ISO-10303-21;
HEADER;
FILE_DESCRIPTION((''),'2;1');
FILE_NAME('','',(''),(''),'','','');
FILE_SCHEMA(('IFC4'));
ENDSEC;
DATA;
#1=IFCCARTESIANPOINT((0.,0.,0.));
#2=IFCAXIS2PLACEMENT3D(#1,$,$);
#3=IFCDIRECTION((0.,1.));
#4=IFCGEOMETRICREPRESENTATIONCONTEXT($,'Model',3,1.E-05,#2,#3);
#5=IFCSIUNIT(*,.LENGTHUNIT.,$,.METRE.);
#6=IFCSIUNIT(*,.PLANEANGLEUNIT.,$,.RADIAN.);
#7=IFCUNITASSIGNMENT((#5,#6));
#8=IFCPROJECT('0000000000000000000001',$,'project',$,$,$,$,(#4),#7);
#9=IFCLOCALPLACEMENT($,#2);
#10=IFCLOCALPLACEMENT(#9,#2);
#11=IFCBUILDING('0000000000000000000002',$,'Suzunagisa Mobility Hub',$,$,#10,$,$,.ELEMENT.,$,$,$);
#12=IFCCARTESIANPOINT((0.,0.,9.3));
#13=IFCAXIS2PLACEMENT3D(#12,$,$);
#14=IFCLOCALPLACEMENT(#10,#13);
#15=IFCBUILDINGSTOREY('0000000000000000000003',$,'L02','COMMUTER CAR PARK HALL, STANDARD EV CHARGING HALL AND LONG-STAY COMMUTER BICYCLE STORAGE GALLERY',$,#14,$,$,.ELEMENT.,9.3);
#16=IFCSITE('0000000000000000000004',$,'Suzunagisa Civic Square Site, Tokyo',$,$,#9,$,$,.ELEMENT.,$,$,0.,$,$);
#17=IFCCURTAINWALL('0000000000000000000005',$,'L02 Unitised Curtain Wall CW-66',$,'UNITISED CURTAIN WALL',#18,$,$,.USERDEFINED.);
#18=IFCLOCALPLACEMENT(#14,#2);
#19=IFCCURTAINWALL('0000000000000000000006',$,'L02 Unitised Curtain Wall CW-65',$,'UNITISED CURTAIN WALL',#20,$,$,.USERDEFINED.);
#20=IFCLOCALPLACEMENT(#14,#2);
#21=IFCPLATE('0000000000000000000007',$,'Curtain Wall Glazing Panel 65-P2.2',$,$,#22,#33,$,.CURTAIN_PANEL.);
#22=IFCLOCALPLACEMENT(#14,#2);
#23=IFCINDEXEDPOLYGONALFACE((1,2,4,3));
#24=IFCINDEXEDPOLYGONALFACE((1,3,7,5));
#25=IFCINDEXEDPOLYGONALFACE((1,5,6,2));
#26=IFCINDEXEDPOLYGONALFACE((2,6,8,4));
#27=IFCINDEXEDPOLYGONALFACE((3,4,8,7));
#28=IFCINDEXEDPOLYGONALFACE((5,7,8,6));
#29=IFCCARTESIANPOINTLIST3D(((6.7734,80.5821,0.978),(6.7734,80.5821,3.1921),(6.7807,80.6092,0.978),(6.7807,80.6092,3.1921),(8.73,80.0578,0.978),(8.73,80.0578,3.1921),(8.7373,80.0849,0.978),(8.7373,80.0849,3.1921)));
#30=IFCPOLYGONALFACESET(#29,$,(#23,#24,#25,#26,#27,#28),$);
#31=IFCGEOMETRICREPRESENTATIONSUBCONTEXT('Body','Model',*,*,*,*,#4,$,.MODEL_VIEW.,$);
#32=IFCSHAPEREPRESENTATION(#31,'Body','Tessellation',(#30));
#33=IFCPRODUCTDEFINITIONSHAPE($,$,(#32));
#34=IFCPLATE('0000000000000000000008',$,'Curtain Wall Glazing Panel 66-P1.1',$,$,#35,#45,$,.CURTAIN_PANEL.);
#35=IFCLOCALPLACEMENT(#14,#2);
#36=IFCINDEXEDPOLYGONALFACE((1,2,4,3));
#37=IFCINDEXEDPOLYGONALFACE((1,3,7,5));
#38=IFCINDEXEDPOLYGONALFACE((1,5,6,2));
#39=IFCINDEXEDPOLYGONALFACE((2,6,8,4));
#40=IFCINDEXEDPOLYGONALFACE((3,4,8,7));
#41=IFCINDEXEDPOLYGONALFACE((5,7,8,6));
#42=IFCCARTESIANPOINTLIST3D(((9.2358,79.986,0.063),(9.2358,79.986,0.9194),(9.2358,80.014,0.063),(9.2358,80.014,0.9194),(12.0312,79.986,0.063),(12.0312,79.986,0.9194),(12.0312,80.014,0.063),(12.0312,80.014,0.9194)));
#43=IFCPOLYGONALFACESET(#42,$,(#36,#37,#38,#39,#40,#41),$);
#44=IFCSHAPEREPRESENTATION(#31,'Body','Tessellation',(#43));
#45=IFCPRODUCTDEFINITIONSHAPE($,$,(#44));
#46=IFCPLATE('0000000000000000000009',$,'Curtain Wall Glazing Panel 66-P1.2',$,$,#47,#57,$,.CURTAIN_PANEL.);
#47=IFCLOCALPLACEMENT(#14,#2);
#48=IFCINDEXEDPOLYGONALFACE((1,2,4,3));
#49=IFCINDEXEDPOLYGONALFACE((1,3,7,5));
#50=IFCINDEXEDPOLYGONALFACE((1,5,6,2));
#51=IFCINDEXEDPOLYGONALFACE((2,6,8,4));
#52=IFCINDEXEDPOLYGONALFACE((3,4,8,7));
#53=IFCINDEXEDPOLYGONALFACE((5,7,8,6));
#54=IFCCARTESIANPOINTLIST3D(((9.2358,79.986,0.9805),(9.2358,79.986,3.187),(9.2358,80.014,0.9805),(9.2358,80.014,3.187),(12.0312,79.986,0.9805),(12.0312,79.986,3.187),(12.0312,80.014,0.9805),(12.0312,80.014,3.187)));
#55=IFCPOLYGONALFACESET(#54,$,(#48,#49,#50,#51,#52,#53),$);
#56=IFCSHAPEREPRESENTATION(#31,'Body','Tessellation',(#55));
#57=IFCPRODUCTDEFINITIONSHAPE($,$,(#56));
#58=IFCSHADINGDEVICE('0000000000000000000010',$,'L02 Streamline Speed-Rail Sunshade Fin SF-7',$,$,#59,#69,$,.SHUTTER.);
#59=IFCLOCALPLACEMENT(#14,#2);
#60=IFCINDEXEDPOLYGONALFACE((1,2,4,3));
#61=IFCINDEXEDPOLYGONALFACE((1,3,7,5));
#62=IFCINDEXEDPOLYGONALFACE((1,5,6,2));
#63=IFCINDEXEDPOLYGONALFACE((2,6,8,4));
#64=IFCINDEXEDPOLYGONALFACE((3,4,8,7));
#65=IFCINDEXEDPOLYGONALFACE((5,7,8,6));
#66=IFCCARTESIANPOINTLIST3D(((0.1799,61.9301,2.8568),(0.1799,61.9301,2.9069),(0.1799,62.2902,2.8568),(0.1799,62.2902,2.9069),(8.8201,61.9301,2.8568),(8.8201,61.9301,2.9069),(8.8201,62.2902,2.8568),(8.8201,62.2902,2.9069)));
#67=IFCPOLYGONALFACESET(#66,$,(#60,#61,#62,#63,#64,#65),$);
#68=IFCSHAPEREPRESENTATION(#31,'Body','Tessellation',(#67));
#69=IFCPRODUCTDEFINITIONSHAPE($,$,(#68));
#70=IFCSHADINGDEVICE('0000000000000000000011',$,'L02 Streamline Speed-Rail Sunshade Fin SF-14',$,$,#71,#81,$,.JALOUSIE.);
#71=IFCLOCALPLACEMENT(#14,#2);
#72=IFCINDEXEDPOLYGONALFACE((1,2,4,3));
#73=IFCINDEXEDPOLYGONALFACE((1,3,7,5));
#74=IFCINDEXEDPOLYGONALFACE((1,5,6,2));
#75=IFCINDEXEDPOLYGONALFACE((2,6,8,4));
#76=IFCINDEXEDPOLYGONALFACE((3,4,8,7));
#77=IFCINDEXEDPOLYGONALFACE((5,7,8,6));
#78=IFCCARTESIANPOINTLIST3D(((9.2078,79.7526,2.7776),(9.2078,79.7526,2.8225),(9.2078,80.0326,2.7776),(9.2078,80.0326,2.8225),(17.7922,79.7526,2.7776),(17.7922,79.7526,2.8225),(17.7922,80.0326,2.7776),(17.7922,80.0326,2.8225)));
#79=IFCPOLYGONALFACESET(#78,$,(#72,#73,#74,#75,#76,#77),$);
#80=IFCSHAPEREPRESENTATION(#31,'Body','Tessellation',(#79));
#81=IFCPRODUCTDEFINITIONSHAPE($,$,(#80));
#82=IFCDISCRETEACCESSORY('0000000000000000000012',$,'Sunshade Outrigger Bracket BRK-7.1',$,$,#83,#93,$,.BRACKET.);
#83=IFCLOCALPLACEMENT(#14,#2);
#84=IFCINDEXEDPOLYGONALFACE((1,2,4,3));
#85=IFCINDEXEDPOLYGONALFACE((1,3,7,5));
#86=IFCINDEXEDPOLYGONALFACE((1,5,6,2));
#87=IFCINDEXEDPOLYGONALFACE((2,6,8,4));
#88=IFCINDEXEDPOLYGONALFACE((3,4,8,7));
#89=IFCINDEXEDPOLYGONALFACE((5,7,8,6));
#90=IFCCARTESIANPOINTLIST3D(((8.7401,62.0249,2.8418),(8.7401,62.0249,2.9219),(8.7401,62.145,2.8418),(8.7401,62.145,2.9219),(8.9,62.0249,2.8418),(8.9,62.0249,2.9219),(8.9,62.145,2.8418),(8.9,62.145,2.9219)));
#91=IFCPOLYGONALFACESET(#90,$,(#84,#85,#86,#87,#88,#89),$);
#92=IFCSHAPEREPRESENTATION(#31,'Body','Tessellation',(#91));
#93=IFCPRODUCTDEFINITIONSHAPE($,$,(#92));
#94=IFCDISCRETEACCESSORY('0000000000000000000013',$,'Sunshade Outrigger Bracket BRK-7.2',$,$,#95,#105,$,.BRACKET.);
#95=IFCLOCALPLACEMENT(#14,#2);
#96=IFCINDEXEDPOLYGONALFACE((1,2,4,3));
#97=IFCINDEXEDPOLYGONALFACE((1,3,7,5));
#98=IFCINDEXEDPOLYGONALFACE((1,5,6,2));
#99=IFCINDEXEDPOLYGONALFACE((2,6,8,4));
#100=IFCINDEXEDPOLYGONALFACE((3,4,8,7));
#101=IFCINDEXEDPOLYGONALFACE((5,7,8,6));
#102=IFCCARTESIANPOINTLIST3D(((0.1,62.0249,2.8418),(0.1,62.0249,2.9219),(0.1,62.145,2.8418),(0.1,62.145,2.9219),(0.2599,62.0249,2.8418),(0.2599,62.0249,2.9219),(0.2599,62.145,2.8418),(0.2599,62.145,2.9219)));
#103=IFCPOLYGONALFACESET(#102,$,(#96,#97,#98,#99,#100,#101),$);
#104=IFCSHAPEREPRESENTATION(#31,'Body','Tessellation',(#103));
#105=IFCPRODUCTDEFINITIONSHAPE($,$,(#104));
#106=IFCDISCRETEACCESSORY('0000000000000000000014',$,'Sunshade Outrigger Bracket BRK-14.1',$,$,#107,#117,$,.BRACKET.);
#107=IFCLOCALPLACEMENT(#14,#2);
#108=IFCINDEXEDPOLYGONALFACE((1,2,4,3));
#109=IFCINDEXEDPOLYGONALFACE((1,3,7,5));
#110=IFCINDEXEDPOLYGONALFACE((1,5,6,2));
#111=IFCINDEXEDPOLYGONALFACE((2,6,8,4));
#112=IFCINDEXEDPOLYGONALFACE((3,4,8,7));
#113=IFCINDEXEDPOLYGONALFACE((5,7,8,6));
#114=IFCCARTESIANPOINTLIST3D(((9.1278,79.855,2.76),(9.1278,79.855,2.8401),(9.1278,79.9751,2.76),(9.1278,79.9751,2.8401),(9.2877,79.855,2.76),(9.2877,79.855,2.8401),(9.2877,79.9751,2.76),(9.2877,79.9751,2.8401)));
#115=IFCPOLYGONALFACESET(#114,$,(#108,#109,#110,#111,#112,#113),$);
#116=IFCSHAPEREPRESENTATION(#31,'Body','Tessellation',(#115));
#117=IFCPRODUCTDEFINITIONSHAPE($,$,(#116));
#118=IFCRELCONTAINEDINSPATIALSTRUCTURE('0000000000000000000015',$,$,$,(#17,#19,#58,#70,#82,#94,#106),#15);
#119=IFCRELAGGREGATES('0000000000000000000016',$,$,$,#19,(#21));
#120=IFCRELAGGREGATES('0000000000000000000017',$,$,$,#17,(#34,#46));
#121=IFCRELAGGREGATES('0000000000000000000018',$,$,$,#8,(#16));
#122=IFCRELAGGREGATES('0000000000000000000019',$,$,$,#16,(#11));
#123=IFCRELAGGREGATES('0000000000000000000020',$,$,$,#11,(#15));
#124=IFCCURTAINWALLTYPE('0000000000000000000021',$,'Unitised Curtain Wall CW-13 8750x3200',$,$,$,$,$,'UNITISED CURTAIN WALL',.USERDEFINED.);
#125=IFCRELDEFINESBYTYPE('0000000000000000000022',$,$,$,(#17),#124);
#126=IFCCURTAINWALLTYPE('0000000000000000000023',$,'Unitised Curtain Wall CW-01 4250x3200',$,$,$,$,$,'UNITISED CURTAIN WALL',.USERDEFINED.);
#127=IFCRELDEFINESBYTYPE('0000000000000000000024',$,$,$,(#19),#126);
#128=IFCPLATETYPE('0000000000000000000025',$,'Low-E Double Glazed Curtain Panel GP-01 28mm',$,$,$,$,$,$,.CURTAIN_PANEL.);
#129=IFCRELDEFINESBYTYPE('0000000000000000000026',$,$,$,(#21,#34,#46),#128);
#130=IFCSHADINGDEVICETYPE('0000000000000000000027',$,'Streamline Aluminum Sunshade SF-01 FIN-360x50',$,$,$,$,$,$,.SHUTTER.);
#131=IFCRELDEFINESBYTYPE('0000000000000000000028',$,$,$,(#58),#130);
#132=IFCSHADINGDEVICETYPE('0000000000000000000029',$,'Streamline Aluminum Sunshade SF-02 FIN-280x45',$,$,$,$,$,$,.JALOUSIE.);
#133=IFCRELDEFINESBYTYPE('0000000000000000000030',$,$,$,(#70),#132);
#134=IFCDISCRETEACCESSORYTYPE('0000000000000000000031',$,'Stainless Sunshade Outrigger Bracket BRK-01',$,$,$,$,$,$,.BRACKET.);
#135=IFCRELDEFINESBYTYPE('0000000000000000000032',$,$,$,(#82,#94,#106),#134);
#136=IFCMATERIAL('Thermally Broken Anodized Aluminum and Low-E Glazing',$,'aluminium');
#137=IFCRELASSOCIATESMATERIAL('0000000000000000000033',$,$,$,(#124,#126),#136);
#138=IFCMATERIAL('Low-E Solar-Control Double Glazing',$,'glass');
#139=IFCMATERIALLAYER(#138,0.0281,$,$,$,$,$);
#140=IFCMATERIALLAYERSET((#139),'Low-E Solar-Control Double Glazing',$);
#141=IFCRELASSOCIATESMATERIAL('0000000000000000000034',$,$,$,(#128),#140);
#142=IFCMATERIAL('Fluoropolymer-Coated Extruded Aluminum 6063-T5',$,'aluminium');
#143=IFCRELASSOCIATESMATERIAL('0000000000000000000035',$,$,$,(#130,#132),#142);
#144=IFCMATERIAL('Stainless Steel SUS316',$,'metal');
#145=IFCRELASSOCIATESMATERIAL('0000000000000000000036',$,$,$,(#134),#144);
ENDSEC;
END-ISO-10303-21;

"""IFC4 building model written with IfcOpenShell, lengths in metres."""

from ifc_helpers import new_model, si_unit, direction, frame, origin, origin_2d, place, context, subcontext, project, spatial, rectangle, extrude, material, layer, layer_set, material_profile, profile_set, type_object, element, aggregate, save


model = new_model("IFC4")

# Units and contexts
model_context = context("Model", 3, precision=1e-05, world=origin(), true_north=direction((0.0, 1.0)))
body_context = subcontext(model_context, "Body", "Model", "MODEL_VIEW")
ifc_project = project(units=[si_unit("LENGTHUNIT", "METRE"), si_unit("PLANEANGLEUNIT", "RADIAN")], contexts=[model_context])

# Site, building, storey
site_placement = place(None, origin())
site = spatial("IfcSite", under=ifc_project, at=site_placement, Name="Suzunagisa Civic Square Site, Tokyo", CompositionType="ELEMENT", RefElevation=0.0)
building_placement = place(site_placement, origin())
building = spatial("IfcBuilding", under=site, at=building_placement, Name="Suzunagisa Mobility Hub", CompositionType="ELEMENT")
storey_placement = place(building_placement, frame((0.0, 0.0, 9.3)))
storey = spatial("IfcBuildingStorey", under=building, at=storey_placement, Name="L02", Description="COMMUTER CAR PARK HALL, STANDARD EV CHARGING HALL AND LONG-STAY COMMUTER BICYCLE STORAGE GALLERY", CompositionType="ELEMENT", Elevation=9.3)

# Curtain walls
ifc_material_1 = material(Name="Thermally Broken Anodized Aluminum and Low-E Glazing", Category="aluminium")
curtain_wall_type_1 = type_object("IfcCurtainWallType", Name="Unitised Curtain Wall CW-13 8750x3200", ElementType="UNITISED CURTAIN WALL", PredefinedType="USERDEFINED", material=ifc_material_1)
curtain_wall_1_placement = place(storey_placement, origin())
curtain_wall_1 = element("IfcCurtainWall", 1, at=curtain_wall_1_placement, inside=storey, type_object=curtain_wall_type_1, Name="L02 Unitised Curtain Wall CW-66", ObjectType="UNITISED CURTAIN WALL", PredefinedType="USERDEFINED")
curtain_wall_type_2 = type_object("IfcCurtainWallType", Name="Unitised Curtain Wall CW-01 4250x3200", ElementType="UNITISED CURTAIN WALL", PredefinedType="USERDEFINED", material=ifc_material_1)
curtain_wall_2_placement = place(storey_placement, origin())
curtain_wall_2 = element("IfcCurtainWall", 2, at=curtain_wall_2_placement, inside=storey, type_object=curtain_wall_type_2, Name="L02 Unitised Curtain Wall CW-65", ObjectType="UNITISED CURTAIN WALL", PredefinedType="USERDEFINED")

# Plates
ifc_material_2 = material(Name="Low-E Solar-Control Double Glazing", Category="glass")
ifc_layer = layer(ifc_material_2, 0.0281)
ifc_layer_set = layer_set([ifc_layer], Name="Low-E Solar-Control Double Glazing")
plate_type = type_object("IfcPlateType", Name="Low-E Double Glazed Curtain Panel GP-01 28mm", PredefinedType="CURTAIN_PANEL", material=ifc_layer_set)
plate_1_placement = place(storey_placement, frame((7.7554, 80.3335, 0.978), z_axis=(0.0, 0.0, 1.0), x_axis=(0.96593, -0.258803, 0.0)))
plate_1 = element("IfcPlate", 3, at=plate_1_placement, type_object=plate_type, Name="Curtain Wall Glazing Panel 65-P2.2", PredefinedType="CURTAIN_PANEL", context=body_context, shape_type="SweptSolid", body=[
    extrude(rectangle(XDim=2.0256, YDim=0.0281, at=origin_2d()), origin(), (0.0, 0.0, 1.0), 2.2141),
])
aggregate(curtain_wall_2, [plate_1])
plate_2_placement = place(storey_placement, frame((10.6335, 80.0, 0.063), z_axis=(0.0, 0.0, 1.0), x_axis=(1.0, 0.0, 0.0)))
plate_2 = element("IfcPlate", 4, at=plate_2_placement, type_object=plate_type, Name="Curtain Wall Glazing Panel 66-P1.1", PredefinedType="CURTAIN_PANEL", context=body_context, shape_type="SweptSolid", body=[
    extrude(rectangle(XDim=2.7954, YDim=0.0281, at=origin_2d()), origin(), (0.0, 0.0, 1.0), 0.8564),
])
plate_3_placement = place(storey_placement, frame((10.6335, 80.0, 0.9805), z_axis=(0.0, 0.0, 1.0), x_axis=(1.0, 0.0, 0.0)))
plate_3 = element("IfcPlate", 5, at=plate_3_placement, type_object=plate_type, Name="Curtain Wall Glazing Panel 66-P1.2", PredefinedType="CURTAIN_PANEL", context=body_context, shape_type="SweptSolid", body=[
    extrude(rectangle(XDim=2.7954, YDim=0.0281, at=origin_2d()), origin(), (0.0, 0.0, 1.0), 2.2065),
])
aggregate(curtain_wall_1, [plate_2, plate_3])

# Shading devices
ifc_material_3 = material(Name="Fluoropolymer-Coated Extruded Aluminum 6063-T5", Category="aluminium")
ifc_material_profile_1 = material_profile(ifc_material_3, rectangle(XDim=0.3601, YDim=0.05, at=origin_2d()), Name="FIN-360x50")
ifc_profile_set_1 = profile_set([ifc_material_profile_1], Name="Fluoropolymer-Coated Extruded Aluminum 6063-T5")
shading_device_type_1 = type_object("IfcShadingDeviceType", Name="Streamline Aluminum Sunshade SF-01 FIN-360x50", PredefinedType="SHUTTER", material=ifc_profile_set_1)
shading_device_1_placement = place(storey_placement, frame((8.8201, 62.1101, 2.8818), z_axis=(-1.0, 0.0, 0.0), x_axis=(0.0, -1.0, 0.0)))
element("IfcShadingDevice", 6, at=shading_device_1_placement, inside=storey, type_object=shading_device_type_1, Name="L02 Streamline Speed-Rail Sunshade Fin SF-7", PredefinedType="SHUTTER", context=body_context, shape_type="SweptSolid", body=[
    extrude(rectangle(XDim=0.3601, YDim=0.05, at=origin_2d()), origin(), (0.0, 0.0, 1.0), 8.6401),
])
ifc_material_profile_2 = material_profile(ifc_material_3, rectangle(XDim=0.28, YDim=0.0449, at=origin_2d()), Name="FIN-280x45")
ifc_profile_set_2 = profile_set([ifc_material_profile_2], Name="Fluoropolymer-Coated Extruded Aluminum 6063-T5")
shading_device_type_2 = type_object("IfcShadingDeviceType", Name="Streamline Aluminum Sunshade SF-02 FIN-280x45", PredefinedType="JALOUSIE", material=ifc_profile_set_2)
shading_device_2_placement = place(storey_placement, frame((9.2078, 79.8926, 2.8), z_axis=(1.0, 0.0, 0.0), x_axis=(0.0, 1.0, 0.0)))
element("IfcShadingDevice", 7, at=shading_device_2_placement, inside=storey, type_object=shading_device_type_2, Name="L02 Streamline Speed-Rail Sunshade Fin SF-14", PredefinedType="JALOUSIE", context=body_context, shape_type="SweptSolid", body=[
    extrude(rectangle(XDim=0.28, YDim=0.0449, at=origin_2d()), origin(), (0.0, 0.0, 1.0), 8.5845),
])

# Discrete accessories
ifc_material_4 = material(Name="Stainless Steel SUS316", Category="metal")
discrete_accessory_type = type_object("IfcDiscreteAccessoryType", Name="Stainless Sunshade Outrigger Bracket BRK-01", PredefinedType="BRACKET", material=ifc_material_4)
for number, where, z_axis, x_axis, name in (
    (8, (8.8201, 62.085, 2.8418), (0.0, 0.0, 1.0), (-1.0, 0.0, 0.0), "Sunshade Outrigger Bracket BRK-7.1"),
    (9, (0.1799, 62.085, 2.8418), (0.0, 0.0, 1.0), (-1.0, 0.0, 0.0), "Sunshade Outrigger Bracket BRK-7.2"),
    (10, (9.2078, 79.915, 2.76), (0.0, 0.0, 1.0), (1.0, 0.0, 0.0), "Sunshade Outrigger Bracket BRK-14.1"),
):
    element("IfcDiscreteAccessory", number, at=place(storey_placement, frame(where, z_axis=z_axis, x_axis=x_axis)), inside=storey, type_object=discrete_accessory_type, Name=name, PredefinedType="BRACKET", context=body_context, shape_type="SweptSolid", body=[
        extrude(rectangle(XDim=0.1599, YDim=0.1201, at=origin_2d()), origin(), (0.0, 0.0, 1.0), 0.0801),
    ])

save(model, "model.ifc")
